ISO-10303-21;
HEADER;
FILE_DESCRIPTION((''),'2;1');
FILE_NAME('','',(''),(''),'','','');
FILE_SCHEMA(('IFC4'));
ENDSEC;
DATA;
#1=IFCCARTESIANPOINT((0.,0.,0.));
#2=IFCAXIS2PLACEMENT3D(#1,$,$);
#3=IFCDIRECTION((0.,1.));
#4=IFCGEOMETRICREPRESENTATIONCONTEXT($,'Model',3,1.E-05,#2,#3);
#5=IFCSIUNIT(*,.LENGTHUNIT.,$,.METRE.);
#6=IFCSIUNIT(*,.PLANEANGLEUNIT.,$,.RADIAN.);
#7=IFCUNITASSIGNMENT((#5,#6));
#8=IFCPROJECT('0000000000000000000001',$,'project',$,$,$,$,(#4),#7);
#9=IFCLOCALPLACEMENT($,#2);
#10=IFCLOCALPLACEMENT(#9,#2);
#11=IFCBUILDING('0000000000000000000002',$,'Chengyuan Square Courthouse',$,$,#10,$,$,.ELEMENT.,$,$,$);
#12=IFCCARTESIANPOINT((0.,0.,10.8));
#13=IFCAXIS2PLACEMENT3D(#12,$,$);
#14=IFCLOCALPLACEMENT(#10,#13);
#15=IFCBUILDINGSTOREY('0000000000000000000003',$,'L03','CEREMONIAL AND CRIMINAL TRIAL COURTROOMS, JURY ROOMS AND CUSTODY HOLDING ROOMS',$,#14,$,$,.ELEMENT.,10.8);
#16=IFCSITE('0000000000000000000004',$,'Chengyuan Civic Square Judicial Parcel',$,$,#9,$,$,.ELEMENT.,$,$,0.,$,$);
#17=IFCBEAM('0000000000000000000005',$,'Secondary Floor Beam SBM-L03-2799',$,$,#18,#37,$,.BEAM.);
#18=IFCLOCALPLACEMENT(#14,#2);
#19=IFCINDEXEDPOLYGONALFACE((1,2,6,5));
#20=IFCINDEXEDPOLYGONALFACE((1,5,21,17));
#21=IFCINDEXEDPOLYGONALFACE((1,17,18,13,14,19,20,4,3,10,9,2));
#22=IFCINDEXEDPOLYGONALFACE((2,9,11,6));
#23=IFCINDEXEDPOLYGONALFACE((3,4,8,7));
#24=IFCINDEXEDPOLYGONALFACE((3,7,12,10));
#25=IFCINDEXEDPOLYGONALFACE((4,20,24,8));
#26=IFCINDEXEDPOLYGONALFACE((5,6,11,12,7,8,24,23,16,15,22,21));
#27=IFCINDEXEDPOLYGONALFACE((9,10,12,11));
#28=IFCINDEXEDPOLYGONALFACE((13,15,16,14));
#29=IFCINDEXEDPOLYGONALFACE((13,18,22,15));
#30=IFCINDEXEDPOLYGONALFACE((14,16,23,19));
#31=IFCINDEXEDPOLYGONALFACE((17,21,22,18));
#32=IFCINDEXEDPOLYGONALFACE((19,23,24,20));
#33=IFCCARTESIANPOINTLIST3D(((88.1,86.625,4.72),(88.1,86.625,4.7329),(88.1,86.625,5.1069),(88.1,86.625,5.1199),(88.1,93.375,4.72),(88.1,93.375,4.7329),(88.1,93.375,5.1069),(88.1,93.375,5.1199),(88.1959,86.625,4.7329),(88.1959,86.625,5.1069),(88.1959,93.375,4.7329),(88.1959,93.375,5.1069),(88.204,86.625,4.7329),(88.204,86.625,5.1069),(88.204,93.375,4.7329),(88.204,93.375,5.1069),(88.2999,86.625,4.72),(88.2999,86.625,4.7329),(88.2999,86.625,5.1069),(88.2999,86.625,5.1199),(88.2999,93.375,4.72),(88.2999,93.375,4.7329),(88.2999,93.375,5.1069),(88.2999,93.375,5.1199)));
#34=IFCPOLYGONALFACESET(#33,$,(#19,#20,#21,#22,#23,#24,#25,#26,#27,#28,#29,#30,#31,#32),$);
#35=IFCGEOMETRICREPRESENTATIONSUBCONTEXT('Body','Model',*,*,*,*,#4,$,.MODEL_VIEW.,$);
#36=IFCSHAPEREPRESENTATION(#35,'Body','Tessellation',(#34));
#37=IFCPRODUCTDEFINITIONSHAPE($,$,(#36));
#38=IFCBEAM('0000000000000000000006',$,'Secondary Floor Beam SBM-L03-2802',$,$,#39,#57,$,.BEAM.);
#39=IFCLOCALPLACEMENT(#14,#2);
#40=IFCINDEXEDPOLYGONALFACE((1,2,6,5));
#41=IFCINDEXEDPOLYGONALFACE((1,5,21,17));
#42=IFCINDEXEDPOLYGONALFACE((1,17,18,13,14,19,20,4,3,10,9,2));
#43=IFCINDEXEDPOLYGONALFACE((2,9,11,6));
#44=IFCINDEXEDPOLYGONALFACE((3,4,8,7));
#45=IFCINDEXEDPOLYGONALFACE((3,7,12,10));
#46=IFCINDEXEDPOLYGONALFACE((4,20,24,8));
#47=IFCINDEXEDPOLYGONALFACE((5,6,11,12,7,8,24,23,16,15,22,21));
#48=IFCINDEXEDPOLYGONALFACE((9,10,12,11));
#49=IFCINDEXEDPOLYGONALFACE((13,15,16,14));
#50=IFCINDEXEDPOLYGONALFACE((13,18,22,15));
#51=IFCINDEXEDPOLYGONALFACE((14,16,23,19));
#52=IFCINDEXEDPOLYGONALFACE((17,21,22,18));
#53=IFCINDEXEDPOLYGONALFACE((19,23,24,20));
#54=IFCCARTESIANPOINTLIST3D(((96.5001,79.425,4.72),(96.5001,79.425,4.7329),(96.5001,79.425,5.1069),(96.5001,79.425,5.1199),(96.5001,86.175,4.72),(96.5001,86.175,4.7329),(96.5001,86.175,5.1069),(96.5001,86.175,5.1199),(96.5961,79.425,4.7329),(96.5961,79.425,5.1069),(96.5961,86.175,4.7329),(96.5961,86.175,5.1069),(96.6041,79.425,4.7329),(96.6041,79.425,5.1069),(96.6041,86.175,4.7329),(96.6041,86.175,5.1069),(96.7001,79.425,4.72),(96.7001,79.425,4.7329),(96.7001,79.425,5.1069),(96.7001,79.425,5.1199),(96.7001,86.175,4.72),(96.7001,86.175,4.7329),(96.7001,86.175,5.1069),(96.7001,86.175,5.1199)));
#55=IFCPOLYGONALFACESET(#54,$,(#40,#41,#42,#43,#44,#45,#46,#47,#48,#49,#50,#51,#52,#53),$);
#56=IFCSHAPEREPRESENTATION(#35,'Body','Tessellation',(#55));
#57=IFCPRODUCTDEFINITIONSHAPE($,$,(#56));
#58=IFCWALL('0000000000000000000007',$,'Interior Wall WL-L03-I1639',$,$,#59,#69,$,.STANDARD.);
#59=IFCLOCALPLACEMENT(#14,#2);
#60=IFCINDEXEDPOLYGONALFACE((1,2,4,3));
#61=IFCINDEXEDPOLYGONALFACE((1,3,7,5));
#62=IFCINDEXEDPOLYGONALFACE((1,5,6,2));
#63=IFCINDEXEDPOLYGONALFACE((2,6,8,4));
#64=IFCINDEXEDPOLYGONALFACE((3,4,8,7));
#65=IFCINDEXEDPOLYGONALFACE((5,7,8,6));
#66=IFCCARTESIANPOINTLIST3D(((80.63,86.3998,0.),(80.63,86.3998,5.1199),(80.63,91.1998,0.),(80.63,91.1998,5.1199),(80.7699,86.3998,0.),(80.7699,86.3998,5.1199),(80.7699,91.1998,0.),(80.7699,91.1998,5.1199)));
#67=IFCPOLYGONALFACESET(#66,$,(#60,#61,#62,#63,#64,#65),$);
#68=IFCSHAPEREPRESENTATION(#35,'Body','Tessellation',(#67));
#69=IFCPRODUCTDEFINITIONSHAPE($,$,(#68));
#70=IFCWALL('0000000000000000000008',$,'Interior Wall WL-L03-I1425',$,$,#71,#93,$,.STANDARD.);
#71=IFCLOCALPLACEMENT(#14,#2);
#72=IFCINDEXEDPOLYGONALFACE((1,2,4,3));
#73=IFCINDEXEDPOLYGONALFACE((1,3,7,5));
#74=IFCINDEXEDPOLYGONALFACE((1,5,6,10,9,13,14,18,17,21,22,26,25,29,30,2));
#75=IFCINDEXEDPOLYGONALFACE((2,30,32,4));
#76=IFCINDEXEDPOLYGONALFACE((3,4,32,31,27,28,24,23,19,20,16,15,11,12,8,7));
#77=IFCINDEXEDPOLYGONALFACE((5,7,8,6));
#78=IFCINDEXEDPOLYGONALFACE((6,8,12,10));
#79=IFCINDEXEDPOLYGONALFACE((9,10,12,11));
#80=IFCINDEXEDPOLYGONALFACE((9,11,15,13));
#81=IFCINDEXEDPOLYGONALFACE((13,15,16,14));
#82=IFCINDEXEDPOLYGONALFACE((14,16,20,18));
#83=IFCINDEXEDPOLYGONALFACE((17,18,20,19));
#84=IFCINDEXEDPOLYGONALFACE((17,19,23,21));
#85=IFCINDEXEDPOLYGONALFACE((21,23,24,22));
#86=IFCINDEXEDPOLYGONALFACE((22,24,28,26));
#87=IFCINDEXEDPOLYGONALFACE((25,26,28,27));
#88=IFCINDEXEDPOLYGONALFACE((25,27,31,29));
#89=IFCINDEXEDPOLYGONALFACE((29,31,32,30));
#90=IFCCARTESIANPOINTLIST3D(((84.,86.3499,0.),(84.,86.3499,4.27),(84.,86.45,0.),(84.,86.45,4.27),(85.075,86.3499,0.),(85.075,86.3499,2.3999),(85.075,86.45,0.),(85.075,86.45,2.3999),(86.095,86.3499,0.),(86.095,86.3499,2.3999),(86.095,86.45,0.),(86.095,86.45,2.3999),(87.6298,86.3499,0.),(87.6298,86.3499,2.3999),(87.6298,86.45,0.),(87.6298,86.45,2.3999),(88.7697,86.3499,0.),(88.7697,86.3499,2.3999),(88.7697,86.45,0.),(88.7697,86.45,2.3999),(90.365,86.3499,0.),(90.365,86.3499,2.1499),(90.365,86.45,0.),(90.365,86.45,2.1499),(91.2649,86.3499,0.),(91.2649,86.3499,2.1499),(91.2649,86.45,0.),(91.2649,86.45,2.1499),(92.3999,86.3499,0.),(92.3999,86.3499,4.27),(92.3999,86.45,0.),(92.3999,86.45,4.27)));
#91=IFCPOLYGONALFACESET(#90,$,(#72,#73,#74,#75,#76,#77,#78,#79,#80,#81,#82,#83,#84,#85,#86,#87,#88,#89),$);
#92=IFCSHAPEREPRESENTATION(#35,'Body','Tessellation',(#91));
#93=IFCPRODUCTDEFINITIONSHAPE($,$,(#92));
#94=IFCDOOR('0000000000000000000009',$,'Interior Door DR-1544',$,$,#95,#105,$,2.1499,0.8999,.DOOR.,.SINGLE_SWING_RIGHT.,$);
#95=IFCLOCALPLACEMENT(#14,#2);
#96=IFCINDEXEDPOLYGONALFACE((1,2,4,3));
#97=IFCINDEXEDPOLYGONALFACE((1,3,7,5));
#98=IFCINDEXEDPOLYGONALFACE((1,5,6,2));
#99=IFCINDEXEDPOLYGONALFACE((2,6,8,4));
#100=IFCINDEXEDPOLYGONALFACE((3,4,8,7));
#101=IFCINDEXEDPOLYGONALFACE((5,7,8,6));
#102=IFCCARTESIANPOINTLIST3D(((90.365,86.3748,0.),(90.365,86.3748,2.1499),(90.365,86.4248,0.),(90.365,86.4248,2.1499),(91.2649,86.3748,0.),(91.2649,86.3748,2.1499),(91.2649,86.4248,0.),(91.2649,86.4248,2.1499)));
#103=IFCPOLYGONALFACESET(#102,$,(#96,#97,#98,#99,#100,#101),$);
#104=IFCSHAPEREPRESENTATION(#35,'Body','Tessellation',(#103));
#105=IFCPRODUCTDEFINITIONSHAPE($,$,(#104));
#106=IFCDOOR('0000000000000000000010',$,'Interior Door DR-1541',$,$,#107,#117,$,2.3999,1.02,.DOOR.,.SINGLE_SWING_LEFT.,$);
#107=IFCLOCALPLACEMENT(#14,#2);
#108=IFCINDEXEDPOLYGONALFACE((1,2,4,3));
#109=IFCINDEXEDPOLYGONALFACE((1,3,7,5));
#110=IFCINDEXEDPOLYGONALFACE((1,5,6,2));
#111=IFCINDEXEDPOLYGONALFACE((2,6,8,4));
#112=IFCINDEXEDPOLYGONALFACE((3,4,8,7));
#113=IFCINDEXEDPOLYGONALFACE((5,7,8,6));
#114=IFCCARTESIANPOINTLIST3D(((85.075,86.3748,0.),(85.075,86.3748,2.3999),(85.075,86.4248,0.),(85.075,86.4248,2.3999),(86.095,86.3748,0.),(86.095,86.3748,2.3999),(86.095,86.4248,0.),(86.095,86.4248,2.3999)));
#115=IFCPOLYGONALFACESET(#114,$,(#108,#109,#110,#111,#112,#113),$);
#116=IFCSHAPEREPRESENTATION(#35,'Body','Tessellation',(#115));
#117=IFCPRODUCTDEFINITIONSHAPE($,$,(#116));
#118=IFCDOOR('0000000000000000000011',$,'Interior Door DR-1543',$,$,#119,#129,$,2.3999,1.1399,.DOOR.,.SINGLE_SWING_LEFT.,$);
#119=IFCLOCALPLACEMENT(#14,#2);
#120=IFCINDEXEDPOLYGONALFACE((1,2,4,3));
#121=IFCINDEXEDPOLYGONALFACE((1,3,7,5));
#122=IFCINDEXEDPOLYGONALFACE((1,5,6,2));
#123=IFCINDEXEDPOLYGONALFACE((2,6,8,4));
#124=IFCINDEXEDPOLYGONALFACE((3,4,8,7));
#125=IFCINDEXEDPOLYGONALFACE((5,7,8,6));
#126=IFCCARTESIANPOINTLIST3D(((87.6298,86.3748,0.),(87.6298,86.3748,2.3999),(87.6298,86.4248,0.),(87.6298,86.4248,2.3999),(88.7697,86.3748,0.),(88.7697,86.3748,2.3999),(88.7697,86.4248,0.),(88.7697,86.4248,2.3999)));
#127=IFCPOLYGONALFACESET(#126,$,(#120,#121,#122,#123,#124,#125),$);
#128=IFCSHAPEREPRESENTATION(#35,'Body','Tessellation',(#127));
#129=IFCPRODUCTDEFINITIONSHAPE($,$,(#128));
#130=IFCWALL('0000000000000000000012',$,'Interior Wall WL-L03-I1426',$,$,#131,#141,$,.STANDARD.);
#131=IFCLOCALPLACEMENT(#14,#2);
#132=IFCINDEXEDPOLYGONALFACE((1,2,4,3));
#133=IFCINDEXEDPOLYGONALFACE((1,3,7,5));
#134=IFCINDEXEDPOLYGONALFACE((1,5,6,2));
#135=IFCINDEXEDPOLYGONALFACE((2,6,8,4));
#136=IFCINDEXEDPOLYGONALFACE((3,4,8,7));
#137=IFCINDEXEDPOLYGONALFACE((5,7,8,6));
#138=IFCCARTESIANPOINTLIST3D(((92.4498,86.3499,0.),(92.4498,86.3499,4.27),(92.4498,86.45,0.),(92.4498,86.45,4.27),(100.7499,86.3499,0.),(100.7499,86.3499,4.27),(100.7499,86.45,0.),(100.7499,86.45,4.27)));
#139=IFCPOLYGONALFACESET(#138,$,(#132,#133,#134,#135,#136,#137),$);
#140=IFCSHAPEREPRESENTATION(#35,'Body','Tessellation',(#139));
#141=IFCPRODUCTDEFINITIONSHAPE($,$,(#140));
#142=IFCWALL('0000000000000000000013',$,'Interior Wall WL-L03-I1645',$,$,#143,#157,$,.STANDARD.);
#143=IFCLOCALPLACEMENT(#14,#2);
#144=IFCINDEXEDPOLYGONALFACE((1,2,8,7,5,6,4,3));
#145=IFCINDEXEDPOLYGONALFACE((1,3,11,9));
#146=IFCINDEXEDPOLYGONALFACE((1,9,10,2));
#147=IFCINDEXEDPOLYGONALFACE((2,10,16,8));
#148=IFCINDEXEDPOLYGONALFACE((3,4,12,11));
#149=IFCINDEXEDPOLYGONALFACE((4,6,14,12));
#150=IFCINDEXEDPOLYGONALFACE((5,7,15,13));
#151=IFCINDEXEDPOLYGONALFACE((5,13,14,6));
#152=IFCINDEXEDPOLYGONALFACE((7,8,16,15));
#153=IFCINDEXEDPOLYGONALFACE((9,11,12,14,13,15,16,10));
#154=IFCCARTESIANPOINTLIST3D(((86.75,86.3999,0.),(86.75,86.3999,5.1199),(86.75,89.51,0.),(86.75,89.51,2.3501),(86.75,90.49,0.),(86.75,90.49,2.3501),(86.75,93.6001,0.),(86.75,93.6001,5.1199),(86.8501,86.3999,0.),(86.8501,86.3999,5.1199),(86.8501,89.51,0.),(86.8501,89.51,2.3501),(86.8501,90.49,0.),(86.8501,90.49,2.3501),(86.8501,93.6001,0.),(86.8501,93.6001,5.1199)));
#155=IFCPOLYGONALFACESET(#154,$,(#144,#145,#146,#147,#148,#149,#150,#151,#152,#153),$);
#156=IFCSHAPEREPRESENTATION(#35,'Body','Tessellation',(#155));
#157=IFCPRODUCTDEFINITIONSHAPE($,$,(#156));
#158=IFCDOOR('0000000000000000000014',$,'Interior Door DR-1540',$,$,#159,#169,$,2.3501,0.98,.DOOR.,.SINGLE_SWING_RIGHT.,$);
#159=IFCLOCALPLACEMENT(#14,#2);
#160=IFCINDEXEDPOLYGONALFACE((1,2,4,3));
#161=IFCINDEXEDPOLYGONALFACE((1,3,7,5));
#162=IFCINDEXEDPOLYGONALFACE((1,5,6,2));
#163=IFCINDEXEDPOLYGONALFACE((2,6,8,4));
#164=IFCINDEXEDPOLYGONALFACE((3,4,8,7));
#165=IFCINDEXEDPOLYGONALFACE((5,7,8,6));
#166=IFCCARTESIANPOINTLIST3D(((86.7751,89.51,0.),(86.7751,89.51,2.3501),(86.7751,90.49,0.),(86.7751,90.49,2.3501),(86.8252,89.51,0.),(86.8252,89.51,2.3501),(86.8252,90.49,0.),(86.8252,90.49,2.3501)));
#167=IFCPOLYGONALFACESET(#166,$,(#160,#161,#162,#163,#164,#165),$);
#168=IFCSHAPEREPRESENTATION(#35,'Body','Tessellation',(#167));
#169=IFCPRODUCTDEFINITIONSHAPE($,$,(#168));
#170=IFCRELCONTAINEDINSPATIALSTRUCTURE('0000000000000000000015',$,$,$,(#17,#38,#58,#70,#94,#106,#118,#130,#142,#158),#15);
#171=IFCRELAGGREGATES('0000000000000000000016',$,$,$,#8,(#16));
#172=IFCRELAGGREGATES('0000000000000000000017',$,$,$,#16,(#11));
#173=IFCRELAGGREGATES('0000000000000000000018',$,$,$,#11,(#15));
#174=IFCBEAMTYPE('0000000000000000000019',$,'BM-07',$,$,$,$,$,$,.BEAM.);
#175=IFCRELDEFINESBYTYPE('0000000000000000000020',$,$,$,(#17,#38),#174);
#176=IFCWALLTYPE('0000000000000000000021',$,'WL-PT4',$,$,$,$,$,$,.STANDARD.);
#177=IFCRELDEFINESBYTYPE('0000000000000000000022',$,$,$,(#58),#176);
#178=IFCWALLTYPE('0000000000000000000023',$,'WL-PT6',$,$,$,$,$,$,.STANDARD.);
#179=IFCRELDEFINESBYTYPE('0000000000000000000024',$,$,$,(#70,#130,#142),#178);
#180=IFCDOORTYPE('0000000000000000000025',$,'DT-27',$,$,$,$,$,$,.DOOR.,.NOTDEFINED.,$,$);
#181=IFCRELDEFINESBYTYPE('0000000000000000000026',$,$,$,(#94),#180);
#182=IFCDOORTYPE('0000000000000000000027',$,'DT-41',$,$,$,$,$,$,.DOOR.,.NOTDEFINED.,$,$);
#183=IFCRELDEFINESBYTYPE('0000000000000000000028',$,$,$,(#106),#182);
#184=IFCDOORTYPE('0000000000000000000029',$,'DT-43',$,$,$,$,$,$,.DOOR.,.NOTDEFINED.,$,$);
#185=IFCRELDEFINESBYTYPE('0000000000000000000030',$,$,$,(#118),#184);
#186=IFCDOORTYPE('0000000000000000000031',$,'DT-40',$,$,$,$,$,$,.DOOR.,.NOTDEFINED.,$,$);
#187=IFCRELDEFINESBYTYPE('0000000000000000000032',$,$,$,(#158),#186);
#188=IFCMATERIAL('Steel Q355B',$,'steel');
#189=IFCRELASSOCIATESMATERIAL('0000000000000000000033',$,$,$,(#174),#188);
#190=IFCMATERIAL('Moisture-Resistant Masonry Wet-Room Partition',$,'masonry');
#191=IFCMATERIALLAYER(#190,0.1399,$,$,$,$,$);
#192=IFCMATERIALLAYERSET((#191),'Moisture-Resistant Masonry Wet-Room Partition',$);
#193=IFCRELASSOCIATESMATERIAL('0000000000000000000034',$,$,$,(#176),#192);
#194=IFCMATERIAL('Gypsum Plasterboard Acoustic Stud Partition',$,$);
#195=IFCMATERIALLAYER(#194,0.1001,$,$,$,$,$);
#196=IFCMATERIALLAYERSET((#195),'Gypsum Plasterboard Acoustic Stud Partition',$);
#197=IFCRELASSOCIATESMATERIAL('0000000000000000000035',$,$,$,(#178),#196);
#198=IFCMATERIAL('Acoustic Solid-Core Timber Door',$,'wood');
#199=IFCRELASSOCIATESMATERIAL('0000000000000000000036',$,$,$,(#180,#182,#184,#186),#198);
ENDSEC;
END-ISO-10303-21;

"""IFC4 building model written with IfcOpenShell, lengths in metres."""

from ifc_helpers import new_model, si_unit, direction, frame, frame_2d, origin, origin_2d, place, context, subcontext, project, spatial, rectangle, i_section, extrude, material, layer, layer_set, material_profile, profile_set, type_object, element, fill, save


model = new_model("IFC4")

# Units and contexts
model_context = context("Model", 3, precision=1e-05, world=origin(), true_north=direction((0.0, 1.0)))
body_context = subcontext(model_context, "Body", "Model", "MODEL_VIEW")
ifc_project = project(units=[si_unit("LENGTHUNIT", "METRE"), si_unit("PLANEANGLEUNIT", "RADIAN")], contexts=[model_context])

# Site, building, storey
site_placement = place(None, origin())
site = spatial("IfcSite", under=ifc_project, at=site_placement, Name="Chengyuan Civic Square Judicial Parcel", CompositionType="ELEMENT", RefElevation=0.0)
building_placement = place(site_placement, origin())
building = spatial("IfcBuilding", under=site, at=building_placement, Name="Chengyuan Square Courthouse", CompositionType="ELEMENT")
storey_placement = place(building_placement, frame((0.0, 0.0, 10.8)))
storey = spatial("IfcBuildingStorey", under=building, at=storey_placement, Name="L03", Description="CEREMONIAL AND CRIMINAL TRIAL COURTROOMS, JURY ROOMS AND CUSTODY HOLDING ROOMS", CompositionType="ELEMENT", Elevation=10.8)

# Beams
ifc_material_1 = material(Name="Steel Q355B", Category="steel")
ifc_material_profile_1 = material_profile(ifc_material_1, i_section(OverallWidth=0.2, OverallDepth=0.3999, WebThickness=0.0081, FlangeThickness=0.0129, at=origin_2d()), Name="HN 400x200x8x13")
ifc_profile_set_1 = profile_set([ifc_material_profile_1], Name="Steel Q355B")
beam_type_1 = type_object("IfcBeamType", Name="BM-07", PredefinedType="BEAM", material=ifc_profile_set_1)
for number, where, z_axis, x_axis, name in (
    (1, (88.2, 86.625, 4.9199), (0.0, 1.0, 0.0), (-1.0, 0.0, 0.0), "Secondary Floor Beam SBM-L03-2799"),
    (2, (96.6001, 79.425, 4.9199), (0.0, 1.0, 0.0), (-1.0, 0.0, 0.0), "Secondary Floor Beam SBM-L03-2802"),
):
    element("IfcBeam", number, at=place(storey_placement, frame(where, z_axis=z_axis, x_axis=x_axis)), inside=storey, type_object=beam_type_1, Name=name, PredefinedType="BEAM", context=body_context, shape_type="SweptSolid", body=[
        extrude(i_section(OverallWidth=0.2, OverallDepth=0.3999, WebThickness=0.0081, FlangeThickness=0.0129, at=origin_2d()), origin(), (0.0, 0.0, 1.0), 6.75),
    ])

# Wall
ifc_material_2 = material(Name="Moisture-Resistant Masonry Wet-Room Partition", Category="masonry")
ifc_layer_1 = layer(ifc_material_2, 0.1399)
ifc_layer_set_1 = layer_set([ifc_layer_1], Name="Moisture-Resistant Masonry Wet-Room Partition")
wall_type_1 = type_object("IfcWallType", Name="WL-PT4", PredefinedType="STANDARD", material=ifc_layer_set_1)
wall_1_placement = place(storey_placement, frame((80.7, 86.3999, 0.0), z_axis=(0.0, 0.0, 1.0), x_axis=(0.0, 1.0, 0.0)))
element("IfcWall", 3, at=wall_1_placement, inside=storey, type_object=wall_type_1, Name="Interior Wall WL-L03-I1639", PredefinedType="STANDARD", context=body_context, shape_type="SweptSolid", body=[
    extrude(rectangle(XDim=4.8, YDim=0.1399, at=frame_2d((2.3999, 0.0))), origin(), (0.0, 0.0, 1.0), 5.1199),
])

# Wall, openings, doors
ifc_material_3 = material(Name="Gypsum Plasterboard Acoustic Stud Partition")
ifc_layer_2 = layer(ifc_material_3, 0.1001)
ifc_layer_set_2 = layer_set([ifc_layer_2], Name="Gypsum Plasterboard Acoustic Stud Partition")
wall_type_2 = type_object("IfcWallType", Name="WL-PT6", PredefinedType="STANDARD", material=ifc_layer_set_2)
wall_2_placement = place(storey_placement, frame((84.0, 86.3999, 0.0), z_axis=(0.0, 0.0, 1.0), x_axis=(1.0, 0.0, 0.0)))
wall_2 = element("IfcWall", 4, at=wall_2_placement, inside=storey, type_object=wall_type_2, Name="Interior Wall WL-L03-I1425", PredefinedType="STANDARD", context=body_context, shape_type="SweptSolid", body=[
    extrude(rectangle(XDim=8.3999, YDim=0.1001, at=frame_2d((4.2, 0.0))), origin(), (0.0, 0.0, 1.0), 4.27),
])
opening_1_placement = place(wall_2_placement, frame((1.075, 0.0, 0.0)))
opening_1 = element("IfcOpeningElement", 5, at=opening_1_placement, cuts=wall_2, PredefinedType="OPENING", context=body_context, shape_type="SweptSolid", body=[
    extrude(rectangle(XDim=1.02, YDim=2.3999, at=frame_2d((0.51, 1.2))), frame((0.0, 0.062, 0.0), z_axis=(0.0, -1.0, 0.0), x_axis=(1.0, 0.0, 0.0)), (0.0, 0.0, 1.0), 0.124),
])
opening_2_placement = place(wall_2_placement, frame((3.6299, 0.0, 0.0)))
opening_2 = element("IfcOpeningElement", 6, at=opening_2_placement, cuts=wall_2, PredefinedType="OPENING", context=body_context, shape_type="SweptSolid", body=[
    extrude(rectangle(XDim=1.1399, YDim=2.3999, at=frame_2d((0.5698, 1.2))), frame((0.0, 0.062, 0.0), z_axis=(0.0, -1.0, 0.0), x_axis=(1.0, 0.0, 0.0)), (0.0, 0.0, 1.0), 0.124),
])
opening_3_placement = place(wall_2_placement, frame((6.365, 0.0, 0.0)))
opening_3 = element("IfcOpeningElement", 7, at=opening_3_placement, cuts=wall_2, PredefinedType="OPENING", context=body_context, shape_type="SweptSolid", body=[
    extrude(rectangle(XDim=0.8999, YDim=2.1499, at=frame_2d((0.45, 1.075))), frame((0.0, 0.062, 0.0), z_axis=(0.0, -1.0, 0.0), x_axis=(1.0, 0.0, 0.0)), (0.0, 0.0, 1.0), 0.124),
])
ifc_material_4 = material(Name="Acoustic Solid-Core Timber Door", Category="wood")
door_type_1 = type_object("IfcDoorType", Name="DT-27", OperationType="NOTDEFINED", PredefinedType="DOOR", material=ifc_material_4)
door_1_placement = place(opening_3_placement, origin())
door_1 = element("IfcDoor", 8, at=door_1_placement, inside=storey, type_object=door_type_1, Name="Interior Door DR-1544", OperationType="SINGLE_SWING_RIGHT", OverallHeight=2.1499, OverallWidth=0.8999, PredefinedType="DOOR", context=body_context, shape_type="SweptSolid", body=[
    extrude(rectangle(XDim=0.8999, YDim=2.1499, at=frame_2d((0.45, 1.075))), frame((0.0, 0.0249, 0.0), z_axis=(0.0, -1.0, 0.0), x_axis=(1.0, 0.0, 0.0)), (0.0, 0.0, 1.0), 0.05),
])
fill(opening_3, door_1)
door_type_2 = type_object("IfcDoorType", Name="DT-41", OperationType="NOTDEFINED", PredefinedType="DOOR", material=ifc_material_4)
door_2_placement = place(opening_1_placement, origin())
door_2 = element("IfcDoor", 9, at=door_2_placement, inside=storey, type_object=door_type_2, Name="Interior Door DR-1541", OperationType="SINGLE_SWING_LEFT", OverallHeight=2.3999, OverallWidth=1.02, PredefinedType="DOOR", context=body_context, shape_type="SweptSolid", body=[
    extrude(rectangle(XDim=1.02, YDim=2.3999, at=frame_2d((0.51, 1.2))), frame((0.0, 0.0249, 0.0), z_axis=(0.0, -1.0, 0.0), x_axis=(1.0, 0.0, 0.0)), (0.0, 0.0, 1.0), 0.05),
])
fill(opening_1, door_2)
door_type_3 = type_object("IfcDoorType", Name="DT-43", OperationType="NOTDEFINED", PredefinedType="DOOR", material=ifc_material_4)
door_3_placement = place(opening_2_placement, origin())
door_3 = element("IfcDoor", 10, at=door_3_placement, inside=storey, type_object=door_type_3, Name="Interior Door DR-1543", OperationType="SINGLE_SWING_LEFT", OverallHeight=2.3999, OverallWidth=1.1399, PredefinedType="DOOR", context=body_context, shape_type="SweptSolid", body=[
    extrude(rectangle(XDim=1.1399, YDim=2.3999, at=frame_2d((0.5698, 1.2))), frame((0.0, 0.0249, 0.0), z_axis=(0.0, -1.0, 0.0), x_axis=(1.0, 0.0, 0.0)), (0.0, 0.0, 1.0), 0.05),
])
fill(opening_2, door_3)

# Wall
wall_3_placement = place(storey_placement, frame((92.45, 86.3999, 0.0), z_axis=(0.0, 0.0, 1.0), x_axis=(1.0, 0.0, 0.0)))
element("IfcWall", 11, at=wall_3_placement, inside=storey, type_object=wall_type_2, Name="Interior Wall WL-L03-I1426", PredefinedType="STANDARD", context=body_context, shape_type="SweptSolid", body=[
    extrude(rectangle(XDim=8.3, YDim=0.1001, at=frame_2d((4.1499, 0.0))), origin(), (0.0, 0.0, 1.0), 4.27),
])

# Wall, opening, door
wall_4_placement = place(storey_placement, frame((86.8, 86.3999, 0.0), z_axis=(0.0, 0.0, 1.0), x_axis=(0.0, 1.0, 0.0)))
wall_4 = element("IfcWall", 12, at=wall_4_placement, inside=storey, type_object=wall_type_2, Name="Interior Wall WL-L03-I1645", PredefinedType="STANDARD", context=body_context, shape_type="SweptSolid", body=[
    extrude(rectangle(XDim=7.2002, YDim=0.1001, at=frame_2d((3.6001, 0.0))), origin(), (0.0, 0.0, 1.0), 5.1199),
])
opening_4_placement = place(wall_4_placement, frame((3.1101, 0.0, 0.0)))
opening_4 = element("IfcOpeningElement", 13, at=opening_4_placement, cuts=wall_4, PredefinedType="OPENING", context=body_context, shape_type="SweptSolid", body=[
    extrude(rectangle(XDim=0.98, YDim=2.3501, at=frame_2d((0.49, 1.175))), frame((0.0, 0.062, 0.0), z_axis=(0.0, -1.0, 0.0), x_axis=(1.0, 0.0, 0.0)), (0.0, 0.0, 1.0), 0.124),
])
door_type_4 = type_object("IfcDoorType", Name="DT-40", OperationType="NOTDEFINED", PredefinedType="DOOR", material=ifc_material_4)
door_4_placement = place(opening_4_placement, origin())
door_4 = element("IfcDoor", 14, at=door_4_placement, inside=storey, type_object=door_type_4, Name="Interior Door DR-1540", OperationType="SINGLE_SWING_RIGHT", OverallHeight=2.3501, OverallWidth=0.98, PredefinedType="DOOR", context=body_context, shape_type="SweptSolid", body=[
    extrude(rectangle(XDim=0.98, YDim=2.3501, at=frame_2d((0.49, 1.175))), frame((0.0, 0.0249, 0.0), z_axis=(0.0, -1.0, 0.0), x_axis=(1.0, 0.0, 0.0)), (0.0, 0.0, 1.0), 0.05),
])
fill(opening_4, door_4)

save(model, "model.ifc")
